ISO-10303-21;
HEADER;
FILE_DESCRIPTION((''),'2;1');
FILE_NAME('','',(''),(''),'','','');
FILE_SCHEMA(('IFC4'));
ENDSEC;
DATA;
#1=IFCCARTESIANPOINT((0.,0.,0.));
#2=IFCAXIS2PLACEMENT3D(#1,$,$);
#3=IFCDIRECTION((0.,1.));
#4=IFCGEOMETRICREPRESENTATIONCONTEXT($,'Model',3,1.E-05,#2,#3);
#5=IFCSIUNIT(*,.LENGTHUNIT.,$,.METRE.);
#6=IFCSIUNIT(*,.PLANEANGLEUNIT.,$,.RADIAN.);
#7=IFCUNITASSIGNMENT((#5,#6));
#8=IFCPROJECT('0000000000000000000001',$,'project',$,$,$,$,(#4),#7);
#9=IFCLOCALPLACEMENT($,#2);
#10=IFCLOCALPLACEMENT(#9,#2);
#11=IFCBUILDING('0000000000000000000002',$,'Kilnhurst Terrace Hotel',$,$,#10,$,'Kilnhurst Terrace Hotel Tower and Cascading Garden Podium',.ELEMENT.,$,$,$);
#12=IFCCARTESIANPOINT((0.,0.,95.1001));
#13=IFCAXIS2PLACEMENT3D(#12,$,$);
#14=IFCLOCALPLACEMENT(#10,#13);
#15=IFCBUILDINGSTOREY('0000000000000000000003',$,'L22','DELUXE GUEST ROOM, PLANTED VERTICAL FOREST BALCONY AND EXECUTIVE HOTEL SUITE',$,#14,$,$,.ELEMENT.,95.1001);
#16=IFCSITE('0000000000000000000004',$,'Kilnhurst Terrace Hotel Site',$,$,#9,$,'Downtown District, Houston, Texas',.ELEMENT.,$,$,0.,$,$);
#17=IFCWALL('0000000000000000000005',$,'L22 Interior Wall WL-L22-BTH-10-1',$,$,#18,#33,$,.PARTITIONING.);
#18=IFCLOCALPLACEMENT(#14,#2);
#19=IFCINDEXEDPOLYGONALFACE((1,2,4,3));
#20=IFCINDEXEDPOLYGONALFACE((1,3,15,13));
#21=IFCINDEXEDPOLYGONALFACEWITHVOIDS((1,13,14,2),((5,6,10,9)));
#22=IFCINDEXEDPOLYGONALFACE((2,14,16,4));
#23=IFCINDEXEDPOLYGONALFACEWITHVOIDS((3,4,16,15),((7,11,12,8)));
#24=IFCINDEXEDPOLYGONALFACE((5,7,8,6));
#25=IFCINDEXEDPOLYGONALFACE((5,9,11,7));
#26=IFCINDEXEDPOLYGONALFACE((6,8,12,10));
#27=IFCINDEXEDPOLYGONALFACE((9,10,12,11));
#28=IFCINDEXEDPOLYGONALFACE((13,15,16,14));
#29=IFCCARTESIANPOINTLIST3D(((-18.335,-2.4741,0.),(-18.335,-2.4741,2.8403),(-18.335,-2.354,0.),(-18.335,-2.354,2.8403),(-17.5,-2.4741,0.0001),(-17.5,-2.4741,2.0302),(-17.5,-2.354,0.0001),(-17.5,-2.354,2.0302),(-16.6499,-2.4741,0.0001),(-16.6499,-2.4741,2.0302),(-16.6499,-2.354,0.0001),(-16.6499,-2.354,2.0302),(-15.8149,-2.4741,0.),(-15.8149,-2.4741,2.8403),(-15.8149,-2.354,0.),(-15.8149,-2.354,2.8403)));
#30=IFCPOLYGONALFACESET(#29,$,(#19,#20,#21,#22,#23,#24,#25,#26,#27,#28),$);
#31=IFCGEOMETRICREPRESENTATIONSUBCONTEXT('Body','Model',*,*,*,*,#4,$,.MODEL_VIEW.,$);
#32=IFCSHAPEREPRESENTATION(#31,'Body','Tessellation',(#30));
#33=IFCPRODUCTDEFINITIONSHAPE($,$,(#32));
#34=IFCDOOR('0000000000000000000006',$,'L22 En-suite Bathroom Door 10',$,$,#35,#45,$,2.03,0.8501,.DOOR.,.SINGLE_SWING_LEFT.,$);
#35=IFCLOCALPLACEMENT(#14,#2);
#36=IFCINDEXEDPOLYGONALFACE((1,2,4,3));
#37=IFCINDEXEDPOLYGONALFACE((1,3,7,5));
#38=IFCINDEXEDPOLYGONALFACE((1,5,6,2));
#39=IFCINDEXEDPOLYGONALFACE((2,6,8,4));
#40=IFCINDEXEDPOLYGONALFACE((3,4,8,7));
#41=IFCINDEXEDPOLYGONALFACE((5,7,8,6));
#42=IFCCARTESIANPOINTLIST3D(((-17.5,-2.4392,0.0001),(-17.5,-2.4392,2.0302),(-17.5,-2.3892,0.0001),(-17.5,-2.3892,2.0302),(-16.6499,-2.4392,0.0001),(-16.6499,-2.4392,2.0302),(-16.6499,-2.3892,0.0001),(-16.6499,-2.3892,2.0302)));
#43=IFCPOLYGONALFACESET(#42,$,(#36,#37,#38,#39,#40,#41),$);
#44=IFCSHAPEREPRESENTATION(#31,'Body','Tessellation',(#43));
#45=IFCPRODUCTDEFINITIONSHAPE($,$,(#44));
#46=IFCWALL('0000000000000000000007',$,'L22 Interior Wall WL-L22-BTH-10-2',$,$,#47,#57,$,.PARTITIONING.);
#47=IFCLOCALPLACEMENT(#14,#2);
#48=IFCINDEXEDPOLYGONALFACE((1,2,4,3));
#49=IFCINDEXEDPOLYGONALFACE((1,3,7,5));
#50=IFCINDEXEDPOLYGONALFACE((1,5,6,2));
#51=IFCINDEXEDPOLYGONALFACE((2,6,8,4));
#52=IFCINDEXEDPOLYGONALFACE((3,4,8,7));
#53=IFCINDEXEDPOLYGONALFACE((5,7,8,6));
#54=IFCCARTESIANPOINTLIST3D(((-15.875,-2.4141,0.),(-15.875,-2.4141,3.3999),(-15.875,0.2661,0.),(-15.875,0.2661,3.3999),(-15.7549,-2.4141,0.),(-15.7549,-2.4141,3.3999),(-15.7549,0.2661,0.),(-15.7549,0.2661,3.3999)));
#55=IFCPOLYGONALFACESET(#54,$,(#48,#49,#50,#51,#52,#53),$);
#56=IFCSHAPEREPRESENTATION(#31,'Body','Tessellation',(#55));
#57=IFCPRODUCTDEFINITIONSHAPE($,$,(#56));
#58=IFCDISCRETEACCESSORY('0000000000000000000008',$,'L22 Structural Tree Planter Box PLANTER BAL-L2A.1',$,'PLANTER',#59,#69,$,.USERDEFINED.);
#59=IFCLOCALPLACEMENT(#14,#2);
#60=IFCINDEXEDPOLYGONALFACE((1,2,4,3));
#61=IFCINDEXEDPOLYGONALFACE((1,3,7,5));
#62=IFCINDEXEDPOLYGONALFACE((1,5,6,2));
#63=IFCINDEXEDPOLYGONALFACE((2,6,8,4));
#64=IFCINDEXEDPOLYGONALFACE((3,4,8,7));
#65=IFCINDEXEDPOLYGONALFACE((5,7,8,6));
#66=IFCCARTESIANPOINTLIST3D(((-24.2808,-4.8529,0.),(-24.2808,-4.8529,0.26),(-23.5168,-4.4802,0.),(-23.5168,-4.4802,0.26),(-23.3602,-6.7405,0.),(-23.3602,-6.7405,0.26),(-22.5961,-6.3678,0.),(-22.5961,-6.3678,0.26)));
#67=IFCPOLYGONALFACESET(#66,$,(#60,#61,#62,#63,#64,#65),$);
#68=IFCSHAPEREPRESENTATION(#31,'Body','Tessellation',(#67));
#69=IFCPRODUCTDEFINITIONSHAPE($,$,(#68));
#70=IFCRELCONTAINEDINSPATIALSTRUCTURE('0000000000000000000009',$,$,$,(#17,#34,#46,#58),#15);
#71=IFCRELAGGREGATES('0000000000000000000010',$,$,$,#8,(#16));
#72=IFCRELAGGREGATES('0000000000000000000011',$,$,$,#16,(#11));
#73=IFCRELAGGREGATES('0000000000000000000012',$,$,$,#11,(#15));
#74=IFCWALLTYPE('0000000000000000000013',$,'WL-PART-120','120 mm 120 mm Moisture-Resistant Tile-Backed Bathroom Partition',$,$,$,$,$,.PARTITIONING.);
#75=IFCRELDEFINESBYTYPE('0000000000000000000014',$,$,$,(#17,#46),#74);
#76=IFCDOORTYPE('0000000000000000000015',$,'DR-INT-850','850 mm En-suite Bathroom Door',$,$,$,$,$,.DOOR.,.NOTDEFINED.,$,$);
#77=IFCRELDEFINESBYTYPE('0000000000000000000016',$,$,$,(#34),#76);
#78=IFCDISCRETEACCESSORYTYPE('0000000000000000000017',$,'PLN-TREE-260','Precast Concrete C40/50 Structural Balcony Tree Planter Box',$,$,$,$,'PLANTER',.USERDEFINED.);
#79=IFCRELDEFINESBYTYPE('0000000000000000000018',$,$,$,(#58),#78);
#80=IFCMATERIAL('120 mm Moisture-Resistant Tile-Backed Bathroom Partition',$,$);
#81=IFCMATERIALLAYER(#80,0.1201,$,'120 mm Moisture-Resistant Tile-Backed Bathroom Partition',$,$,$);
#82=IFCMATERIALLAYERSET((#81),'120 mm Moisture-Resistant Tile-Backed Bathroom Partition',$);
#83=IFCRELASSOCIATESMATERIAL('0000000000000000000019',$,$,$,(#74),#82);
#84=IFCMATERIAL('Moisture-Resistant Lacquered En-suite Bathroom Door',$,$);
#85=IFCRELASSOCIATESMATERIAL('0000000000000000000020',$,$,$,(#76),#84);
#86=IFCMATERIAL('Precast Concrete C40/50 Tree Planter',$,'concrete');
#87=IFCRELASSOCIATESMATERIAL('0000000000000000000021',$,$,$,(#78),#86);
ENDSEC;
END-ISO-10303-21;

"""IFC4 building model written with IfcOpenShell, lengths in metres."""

from ifc_helpers import new_model, si_unit, direction, frame, frame_2d, origin, origin_2d, place, context, subcontext, project, spatial, rectangle, extrude, material, layer, layer_set, type_object, element, fill, save


model = new_model("IFC4")

# Units and contexts
model_context = context("Model", 3, precision=1e-05, world=origin(), true_north=direction((0.0, 1.0)))
body_context = subcontext(model_context, "Body", "Model", "MODEL_VIEW")
ifc_project = project(units=[si_unit("LENGTHUNIT", "METRE"), si_unit("PLANEANGLEUNIT", "RADIAN")], contexts=[model_context])

# Site, building, storey
site_placement = place(None, origin())
site = spatial("IfcSite", under=ifc_project, at=site_placement, Name="Kilnhurst Terrace Hotel Site", LongName="Downtown District, Houston, Texas", CompositionType="ELEMENT", RefElevation=0.0)
building_placement = place(site_placement, origin())
building = spatial("IfcBuilding", under=site, at=building_placement, Name="Kilnhurst Terrace Hotel", LongName="Kilnhurst Terrace Hotel Tower and Cascading Garden Podium", CompositionType="ELEMENT")
storey_placement = place(building_placement, frame((0.0, 0.0, 95.1001)))
storey = spatial("IfcBuildingStorey", under=building, at=storey_placement, Name="L22", Description="DELUXE GUEST ROOM, PLANTED VERTICAL FOREST BALCONY AND EXECUTIVE HOTEL SUITE", CompositionType="ELEMENT", Elevation=95.1001)

# Wall, opening, door
ifc_material_1 = material(Name="120 mm Moisture-Resistant Tile-Backed Bathroom Partition")
ifc_layer_1 = layer(ifc_material_1, 0.1201, Name="120 mm Moisture-Resistant Tile-Backed Bathroom Partition")
ifc_layer_set_1 = layer_set([ifc_layer_1], Name="120 mm Moisture-Resistant Tile-Backed Bathroom Partition")
wall_type_1 = type_object("IfcWallType", Name="WL-PART-120", Description="120 mm 120 mm Moisture-Resistant Tile-Backed Bathroom Partition", PredefinedType="PARTITIONING", material=ifc_layer_set_1)
wall_1_placement = place(storey_placement, frame((-18.335, -2.4141, 0.0), z_axis=(0.0, 0.0, 1.0), x_axis=(1.0, 0.0, 0.0)))
wall_1 = element("IfcWall", 1, at=wall_1_placement, inside=storey, type_object=wall_type_1, Name="L22 Interior Wall WL-L22-BTH-10-1", PredefinedType="PARTITIONING", context=body_context, shape_type="SweptSolid", body=[
    extrude(rectangle(XDim=2.52, YDim=0.1201, at=frame_2d((1.26, 0.0))), origin(), (0.0, 0.0, 1.0), 2.8403),
])
opening_1_placement = place(wall_1_placement, frame((0.835, 0.0, 0.0)))
opening_1 = element("IfcOpeningElement", 2, at=opening_1_placement, cuts=wall_1, PredefinedType="OPENING", context=body_context, shape_type="SweptSolid", body=[
    extrude(rectangle(XDim=0.8501, YDim=2.03, at=frame_2d((0.425, 1.0151))), frame((0.0, 0.0701, 0.0), z_axis=(0.0, -1.0, 0.0), x_axis=(1.0, 0.0, 0.0)), (0.0, 0.0, 1.0), 0.1401),
])
ifc_material_2 = material(Name="Moisture-Resistant Lacquered En-suite Bathroom Door")
door_type_1 = type_object("IfcDoorType", Name="DR-INT-850", Description="850 mm En-suite Bathroom Door", OperationType="NOTDEFINED", PredefinedType="DOOR", material=ifc_material_2)
door_1_placement = place(opening_1_placement, origin())
door_1 = element("IfcDoor", 3, at=door_1_placement, inside=storey, type_object=door_type_1, Name="L22 En-suite Bathroom Door 10", OperationType="SINGLE_SWING_LEFT", OverallHeight=2.03, OverallWidth=0.8501, PredefinedType="DOOR", context=body_context, shape_type="SweptSolid", body=[
    extrude(rectangle(XDim=0.8501, YDim=2.03, at=frame_2d((0.425, 1.0151))), frame((0.0, 0.0249, 0.0), z_axis=(0.0, -1.0, 0.0), x_axis=(1.0, 0.0, 0.0)), (0.0, 0.0, 1.0), 0.05),
])
fill(opening_1, door_1)

# Wall
wall_2_placement = place(storey_placement, frame((-15.8149, -2.4141, 0.0), z_axis=(0.0, 0.0, 1.0), x_axis=(0.0, 1.0, 0.0)))
element("IfcWall", 4, at=wall_2_placement, inside=storey, type_object=wall_type_1, Name="L22 Interior Wall WL-L22-BTH-10-2", PredefinedType="PARTITIONING", context=body_context, shape_type="SweptSolid", body=[
    extrude(rectangle(XDim=2.6802, YDim=0.1201, at=frame_2d((1.3401, 0.0))), origin(), (0.0, 0.0, 1.0), 3.3999),
])

# Discrete accessory
ifc_material_3 = material(Name="Precast Concrete C40/50 Tree Planter", Category="concrete")
discrete_accessory_type = type_object("IfcDiscreteAccessoryType", Name="PLN-TREE-260", Description="Precast Concrete C40/50 Structural Balcony Tree Planter Box", ElementType="PLANTER", PredefinedType="USERDEFINED", material=ifc_material_3)
discrete_accessory_placement = place(storey_placement, frame((-23.4385, -5.6104, 0.0), z_axis=(0.0, 0.0, 1.0), x_axis=(0.438387, -0.898786, 0.0)))
element("IfcDiscreteAccessory", 5, at=discrete_accessory_placement, inside=storey, type_object=discrete_accessory_type, Name="L22 Structural Tree Planter Box PLANTER BAL-L2A.1", ObjectType="PLANTER", PredefinedType="USERDEFINED", context=body_context, shape_type="SweptSolid", body=[
    extrude(rectangle(XDim=2.1001, YDim=0.8501, at=origin_2d()), origin(), (0.0, 0.0, 1.0), 0.26),
])

save(model, "model.ifc")
